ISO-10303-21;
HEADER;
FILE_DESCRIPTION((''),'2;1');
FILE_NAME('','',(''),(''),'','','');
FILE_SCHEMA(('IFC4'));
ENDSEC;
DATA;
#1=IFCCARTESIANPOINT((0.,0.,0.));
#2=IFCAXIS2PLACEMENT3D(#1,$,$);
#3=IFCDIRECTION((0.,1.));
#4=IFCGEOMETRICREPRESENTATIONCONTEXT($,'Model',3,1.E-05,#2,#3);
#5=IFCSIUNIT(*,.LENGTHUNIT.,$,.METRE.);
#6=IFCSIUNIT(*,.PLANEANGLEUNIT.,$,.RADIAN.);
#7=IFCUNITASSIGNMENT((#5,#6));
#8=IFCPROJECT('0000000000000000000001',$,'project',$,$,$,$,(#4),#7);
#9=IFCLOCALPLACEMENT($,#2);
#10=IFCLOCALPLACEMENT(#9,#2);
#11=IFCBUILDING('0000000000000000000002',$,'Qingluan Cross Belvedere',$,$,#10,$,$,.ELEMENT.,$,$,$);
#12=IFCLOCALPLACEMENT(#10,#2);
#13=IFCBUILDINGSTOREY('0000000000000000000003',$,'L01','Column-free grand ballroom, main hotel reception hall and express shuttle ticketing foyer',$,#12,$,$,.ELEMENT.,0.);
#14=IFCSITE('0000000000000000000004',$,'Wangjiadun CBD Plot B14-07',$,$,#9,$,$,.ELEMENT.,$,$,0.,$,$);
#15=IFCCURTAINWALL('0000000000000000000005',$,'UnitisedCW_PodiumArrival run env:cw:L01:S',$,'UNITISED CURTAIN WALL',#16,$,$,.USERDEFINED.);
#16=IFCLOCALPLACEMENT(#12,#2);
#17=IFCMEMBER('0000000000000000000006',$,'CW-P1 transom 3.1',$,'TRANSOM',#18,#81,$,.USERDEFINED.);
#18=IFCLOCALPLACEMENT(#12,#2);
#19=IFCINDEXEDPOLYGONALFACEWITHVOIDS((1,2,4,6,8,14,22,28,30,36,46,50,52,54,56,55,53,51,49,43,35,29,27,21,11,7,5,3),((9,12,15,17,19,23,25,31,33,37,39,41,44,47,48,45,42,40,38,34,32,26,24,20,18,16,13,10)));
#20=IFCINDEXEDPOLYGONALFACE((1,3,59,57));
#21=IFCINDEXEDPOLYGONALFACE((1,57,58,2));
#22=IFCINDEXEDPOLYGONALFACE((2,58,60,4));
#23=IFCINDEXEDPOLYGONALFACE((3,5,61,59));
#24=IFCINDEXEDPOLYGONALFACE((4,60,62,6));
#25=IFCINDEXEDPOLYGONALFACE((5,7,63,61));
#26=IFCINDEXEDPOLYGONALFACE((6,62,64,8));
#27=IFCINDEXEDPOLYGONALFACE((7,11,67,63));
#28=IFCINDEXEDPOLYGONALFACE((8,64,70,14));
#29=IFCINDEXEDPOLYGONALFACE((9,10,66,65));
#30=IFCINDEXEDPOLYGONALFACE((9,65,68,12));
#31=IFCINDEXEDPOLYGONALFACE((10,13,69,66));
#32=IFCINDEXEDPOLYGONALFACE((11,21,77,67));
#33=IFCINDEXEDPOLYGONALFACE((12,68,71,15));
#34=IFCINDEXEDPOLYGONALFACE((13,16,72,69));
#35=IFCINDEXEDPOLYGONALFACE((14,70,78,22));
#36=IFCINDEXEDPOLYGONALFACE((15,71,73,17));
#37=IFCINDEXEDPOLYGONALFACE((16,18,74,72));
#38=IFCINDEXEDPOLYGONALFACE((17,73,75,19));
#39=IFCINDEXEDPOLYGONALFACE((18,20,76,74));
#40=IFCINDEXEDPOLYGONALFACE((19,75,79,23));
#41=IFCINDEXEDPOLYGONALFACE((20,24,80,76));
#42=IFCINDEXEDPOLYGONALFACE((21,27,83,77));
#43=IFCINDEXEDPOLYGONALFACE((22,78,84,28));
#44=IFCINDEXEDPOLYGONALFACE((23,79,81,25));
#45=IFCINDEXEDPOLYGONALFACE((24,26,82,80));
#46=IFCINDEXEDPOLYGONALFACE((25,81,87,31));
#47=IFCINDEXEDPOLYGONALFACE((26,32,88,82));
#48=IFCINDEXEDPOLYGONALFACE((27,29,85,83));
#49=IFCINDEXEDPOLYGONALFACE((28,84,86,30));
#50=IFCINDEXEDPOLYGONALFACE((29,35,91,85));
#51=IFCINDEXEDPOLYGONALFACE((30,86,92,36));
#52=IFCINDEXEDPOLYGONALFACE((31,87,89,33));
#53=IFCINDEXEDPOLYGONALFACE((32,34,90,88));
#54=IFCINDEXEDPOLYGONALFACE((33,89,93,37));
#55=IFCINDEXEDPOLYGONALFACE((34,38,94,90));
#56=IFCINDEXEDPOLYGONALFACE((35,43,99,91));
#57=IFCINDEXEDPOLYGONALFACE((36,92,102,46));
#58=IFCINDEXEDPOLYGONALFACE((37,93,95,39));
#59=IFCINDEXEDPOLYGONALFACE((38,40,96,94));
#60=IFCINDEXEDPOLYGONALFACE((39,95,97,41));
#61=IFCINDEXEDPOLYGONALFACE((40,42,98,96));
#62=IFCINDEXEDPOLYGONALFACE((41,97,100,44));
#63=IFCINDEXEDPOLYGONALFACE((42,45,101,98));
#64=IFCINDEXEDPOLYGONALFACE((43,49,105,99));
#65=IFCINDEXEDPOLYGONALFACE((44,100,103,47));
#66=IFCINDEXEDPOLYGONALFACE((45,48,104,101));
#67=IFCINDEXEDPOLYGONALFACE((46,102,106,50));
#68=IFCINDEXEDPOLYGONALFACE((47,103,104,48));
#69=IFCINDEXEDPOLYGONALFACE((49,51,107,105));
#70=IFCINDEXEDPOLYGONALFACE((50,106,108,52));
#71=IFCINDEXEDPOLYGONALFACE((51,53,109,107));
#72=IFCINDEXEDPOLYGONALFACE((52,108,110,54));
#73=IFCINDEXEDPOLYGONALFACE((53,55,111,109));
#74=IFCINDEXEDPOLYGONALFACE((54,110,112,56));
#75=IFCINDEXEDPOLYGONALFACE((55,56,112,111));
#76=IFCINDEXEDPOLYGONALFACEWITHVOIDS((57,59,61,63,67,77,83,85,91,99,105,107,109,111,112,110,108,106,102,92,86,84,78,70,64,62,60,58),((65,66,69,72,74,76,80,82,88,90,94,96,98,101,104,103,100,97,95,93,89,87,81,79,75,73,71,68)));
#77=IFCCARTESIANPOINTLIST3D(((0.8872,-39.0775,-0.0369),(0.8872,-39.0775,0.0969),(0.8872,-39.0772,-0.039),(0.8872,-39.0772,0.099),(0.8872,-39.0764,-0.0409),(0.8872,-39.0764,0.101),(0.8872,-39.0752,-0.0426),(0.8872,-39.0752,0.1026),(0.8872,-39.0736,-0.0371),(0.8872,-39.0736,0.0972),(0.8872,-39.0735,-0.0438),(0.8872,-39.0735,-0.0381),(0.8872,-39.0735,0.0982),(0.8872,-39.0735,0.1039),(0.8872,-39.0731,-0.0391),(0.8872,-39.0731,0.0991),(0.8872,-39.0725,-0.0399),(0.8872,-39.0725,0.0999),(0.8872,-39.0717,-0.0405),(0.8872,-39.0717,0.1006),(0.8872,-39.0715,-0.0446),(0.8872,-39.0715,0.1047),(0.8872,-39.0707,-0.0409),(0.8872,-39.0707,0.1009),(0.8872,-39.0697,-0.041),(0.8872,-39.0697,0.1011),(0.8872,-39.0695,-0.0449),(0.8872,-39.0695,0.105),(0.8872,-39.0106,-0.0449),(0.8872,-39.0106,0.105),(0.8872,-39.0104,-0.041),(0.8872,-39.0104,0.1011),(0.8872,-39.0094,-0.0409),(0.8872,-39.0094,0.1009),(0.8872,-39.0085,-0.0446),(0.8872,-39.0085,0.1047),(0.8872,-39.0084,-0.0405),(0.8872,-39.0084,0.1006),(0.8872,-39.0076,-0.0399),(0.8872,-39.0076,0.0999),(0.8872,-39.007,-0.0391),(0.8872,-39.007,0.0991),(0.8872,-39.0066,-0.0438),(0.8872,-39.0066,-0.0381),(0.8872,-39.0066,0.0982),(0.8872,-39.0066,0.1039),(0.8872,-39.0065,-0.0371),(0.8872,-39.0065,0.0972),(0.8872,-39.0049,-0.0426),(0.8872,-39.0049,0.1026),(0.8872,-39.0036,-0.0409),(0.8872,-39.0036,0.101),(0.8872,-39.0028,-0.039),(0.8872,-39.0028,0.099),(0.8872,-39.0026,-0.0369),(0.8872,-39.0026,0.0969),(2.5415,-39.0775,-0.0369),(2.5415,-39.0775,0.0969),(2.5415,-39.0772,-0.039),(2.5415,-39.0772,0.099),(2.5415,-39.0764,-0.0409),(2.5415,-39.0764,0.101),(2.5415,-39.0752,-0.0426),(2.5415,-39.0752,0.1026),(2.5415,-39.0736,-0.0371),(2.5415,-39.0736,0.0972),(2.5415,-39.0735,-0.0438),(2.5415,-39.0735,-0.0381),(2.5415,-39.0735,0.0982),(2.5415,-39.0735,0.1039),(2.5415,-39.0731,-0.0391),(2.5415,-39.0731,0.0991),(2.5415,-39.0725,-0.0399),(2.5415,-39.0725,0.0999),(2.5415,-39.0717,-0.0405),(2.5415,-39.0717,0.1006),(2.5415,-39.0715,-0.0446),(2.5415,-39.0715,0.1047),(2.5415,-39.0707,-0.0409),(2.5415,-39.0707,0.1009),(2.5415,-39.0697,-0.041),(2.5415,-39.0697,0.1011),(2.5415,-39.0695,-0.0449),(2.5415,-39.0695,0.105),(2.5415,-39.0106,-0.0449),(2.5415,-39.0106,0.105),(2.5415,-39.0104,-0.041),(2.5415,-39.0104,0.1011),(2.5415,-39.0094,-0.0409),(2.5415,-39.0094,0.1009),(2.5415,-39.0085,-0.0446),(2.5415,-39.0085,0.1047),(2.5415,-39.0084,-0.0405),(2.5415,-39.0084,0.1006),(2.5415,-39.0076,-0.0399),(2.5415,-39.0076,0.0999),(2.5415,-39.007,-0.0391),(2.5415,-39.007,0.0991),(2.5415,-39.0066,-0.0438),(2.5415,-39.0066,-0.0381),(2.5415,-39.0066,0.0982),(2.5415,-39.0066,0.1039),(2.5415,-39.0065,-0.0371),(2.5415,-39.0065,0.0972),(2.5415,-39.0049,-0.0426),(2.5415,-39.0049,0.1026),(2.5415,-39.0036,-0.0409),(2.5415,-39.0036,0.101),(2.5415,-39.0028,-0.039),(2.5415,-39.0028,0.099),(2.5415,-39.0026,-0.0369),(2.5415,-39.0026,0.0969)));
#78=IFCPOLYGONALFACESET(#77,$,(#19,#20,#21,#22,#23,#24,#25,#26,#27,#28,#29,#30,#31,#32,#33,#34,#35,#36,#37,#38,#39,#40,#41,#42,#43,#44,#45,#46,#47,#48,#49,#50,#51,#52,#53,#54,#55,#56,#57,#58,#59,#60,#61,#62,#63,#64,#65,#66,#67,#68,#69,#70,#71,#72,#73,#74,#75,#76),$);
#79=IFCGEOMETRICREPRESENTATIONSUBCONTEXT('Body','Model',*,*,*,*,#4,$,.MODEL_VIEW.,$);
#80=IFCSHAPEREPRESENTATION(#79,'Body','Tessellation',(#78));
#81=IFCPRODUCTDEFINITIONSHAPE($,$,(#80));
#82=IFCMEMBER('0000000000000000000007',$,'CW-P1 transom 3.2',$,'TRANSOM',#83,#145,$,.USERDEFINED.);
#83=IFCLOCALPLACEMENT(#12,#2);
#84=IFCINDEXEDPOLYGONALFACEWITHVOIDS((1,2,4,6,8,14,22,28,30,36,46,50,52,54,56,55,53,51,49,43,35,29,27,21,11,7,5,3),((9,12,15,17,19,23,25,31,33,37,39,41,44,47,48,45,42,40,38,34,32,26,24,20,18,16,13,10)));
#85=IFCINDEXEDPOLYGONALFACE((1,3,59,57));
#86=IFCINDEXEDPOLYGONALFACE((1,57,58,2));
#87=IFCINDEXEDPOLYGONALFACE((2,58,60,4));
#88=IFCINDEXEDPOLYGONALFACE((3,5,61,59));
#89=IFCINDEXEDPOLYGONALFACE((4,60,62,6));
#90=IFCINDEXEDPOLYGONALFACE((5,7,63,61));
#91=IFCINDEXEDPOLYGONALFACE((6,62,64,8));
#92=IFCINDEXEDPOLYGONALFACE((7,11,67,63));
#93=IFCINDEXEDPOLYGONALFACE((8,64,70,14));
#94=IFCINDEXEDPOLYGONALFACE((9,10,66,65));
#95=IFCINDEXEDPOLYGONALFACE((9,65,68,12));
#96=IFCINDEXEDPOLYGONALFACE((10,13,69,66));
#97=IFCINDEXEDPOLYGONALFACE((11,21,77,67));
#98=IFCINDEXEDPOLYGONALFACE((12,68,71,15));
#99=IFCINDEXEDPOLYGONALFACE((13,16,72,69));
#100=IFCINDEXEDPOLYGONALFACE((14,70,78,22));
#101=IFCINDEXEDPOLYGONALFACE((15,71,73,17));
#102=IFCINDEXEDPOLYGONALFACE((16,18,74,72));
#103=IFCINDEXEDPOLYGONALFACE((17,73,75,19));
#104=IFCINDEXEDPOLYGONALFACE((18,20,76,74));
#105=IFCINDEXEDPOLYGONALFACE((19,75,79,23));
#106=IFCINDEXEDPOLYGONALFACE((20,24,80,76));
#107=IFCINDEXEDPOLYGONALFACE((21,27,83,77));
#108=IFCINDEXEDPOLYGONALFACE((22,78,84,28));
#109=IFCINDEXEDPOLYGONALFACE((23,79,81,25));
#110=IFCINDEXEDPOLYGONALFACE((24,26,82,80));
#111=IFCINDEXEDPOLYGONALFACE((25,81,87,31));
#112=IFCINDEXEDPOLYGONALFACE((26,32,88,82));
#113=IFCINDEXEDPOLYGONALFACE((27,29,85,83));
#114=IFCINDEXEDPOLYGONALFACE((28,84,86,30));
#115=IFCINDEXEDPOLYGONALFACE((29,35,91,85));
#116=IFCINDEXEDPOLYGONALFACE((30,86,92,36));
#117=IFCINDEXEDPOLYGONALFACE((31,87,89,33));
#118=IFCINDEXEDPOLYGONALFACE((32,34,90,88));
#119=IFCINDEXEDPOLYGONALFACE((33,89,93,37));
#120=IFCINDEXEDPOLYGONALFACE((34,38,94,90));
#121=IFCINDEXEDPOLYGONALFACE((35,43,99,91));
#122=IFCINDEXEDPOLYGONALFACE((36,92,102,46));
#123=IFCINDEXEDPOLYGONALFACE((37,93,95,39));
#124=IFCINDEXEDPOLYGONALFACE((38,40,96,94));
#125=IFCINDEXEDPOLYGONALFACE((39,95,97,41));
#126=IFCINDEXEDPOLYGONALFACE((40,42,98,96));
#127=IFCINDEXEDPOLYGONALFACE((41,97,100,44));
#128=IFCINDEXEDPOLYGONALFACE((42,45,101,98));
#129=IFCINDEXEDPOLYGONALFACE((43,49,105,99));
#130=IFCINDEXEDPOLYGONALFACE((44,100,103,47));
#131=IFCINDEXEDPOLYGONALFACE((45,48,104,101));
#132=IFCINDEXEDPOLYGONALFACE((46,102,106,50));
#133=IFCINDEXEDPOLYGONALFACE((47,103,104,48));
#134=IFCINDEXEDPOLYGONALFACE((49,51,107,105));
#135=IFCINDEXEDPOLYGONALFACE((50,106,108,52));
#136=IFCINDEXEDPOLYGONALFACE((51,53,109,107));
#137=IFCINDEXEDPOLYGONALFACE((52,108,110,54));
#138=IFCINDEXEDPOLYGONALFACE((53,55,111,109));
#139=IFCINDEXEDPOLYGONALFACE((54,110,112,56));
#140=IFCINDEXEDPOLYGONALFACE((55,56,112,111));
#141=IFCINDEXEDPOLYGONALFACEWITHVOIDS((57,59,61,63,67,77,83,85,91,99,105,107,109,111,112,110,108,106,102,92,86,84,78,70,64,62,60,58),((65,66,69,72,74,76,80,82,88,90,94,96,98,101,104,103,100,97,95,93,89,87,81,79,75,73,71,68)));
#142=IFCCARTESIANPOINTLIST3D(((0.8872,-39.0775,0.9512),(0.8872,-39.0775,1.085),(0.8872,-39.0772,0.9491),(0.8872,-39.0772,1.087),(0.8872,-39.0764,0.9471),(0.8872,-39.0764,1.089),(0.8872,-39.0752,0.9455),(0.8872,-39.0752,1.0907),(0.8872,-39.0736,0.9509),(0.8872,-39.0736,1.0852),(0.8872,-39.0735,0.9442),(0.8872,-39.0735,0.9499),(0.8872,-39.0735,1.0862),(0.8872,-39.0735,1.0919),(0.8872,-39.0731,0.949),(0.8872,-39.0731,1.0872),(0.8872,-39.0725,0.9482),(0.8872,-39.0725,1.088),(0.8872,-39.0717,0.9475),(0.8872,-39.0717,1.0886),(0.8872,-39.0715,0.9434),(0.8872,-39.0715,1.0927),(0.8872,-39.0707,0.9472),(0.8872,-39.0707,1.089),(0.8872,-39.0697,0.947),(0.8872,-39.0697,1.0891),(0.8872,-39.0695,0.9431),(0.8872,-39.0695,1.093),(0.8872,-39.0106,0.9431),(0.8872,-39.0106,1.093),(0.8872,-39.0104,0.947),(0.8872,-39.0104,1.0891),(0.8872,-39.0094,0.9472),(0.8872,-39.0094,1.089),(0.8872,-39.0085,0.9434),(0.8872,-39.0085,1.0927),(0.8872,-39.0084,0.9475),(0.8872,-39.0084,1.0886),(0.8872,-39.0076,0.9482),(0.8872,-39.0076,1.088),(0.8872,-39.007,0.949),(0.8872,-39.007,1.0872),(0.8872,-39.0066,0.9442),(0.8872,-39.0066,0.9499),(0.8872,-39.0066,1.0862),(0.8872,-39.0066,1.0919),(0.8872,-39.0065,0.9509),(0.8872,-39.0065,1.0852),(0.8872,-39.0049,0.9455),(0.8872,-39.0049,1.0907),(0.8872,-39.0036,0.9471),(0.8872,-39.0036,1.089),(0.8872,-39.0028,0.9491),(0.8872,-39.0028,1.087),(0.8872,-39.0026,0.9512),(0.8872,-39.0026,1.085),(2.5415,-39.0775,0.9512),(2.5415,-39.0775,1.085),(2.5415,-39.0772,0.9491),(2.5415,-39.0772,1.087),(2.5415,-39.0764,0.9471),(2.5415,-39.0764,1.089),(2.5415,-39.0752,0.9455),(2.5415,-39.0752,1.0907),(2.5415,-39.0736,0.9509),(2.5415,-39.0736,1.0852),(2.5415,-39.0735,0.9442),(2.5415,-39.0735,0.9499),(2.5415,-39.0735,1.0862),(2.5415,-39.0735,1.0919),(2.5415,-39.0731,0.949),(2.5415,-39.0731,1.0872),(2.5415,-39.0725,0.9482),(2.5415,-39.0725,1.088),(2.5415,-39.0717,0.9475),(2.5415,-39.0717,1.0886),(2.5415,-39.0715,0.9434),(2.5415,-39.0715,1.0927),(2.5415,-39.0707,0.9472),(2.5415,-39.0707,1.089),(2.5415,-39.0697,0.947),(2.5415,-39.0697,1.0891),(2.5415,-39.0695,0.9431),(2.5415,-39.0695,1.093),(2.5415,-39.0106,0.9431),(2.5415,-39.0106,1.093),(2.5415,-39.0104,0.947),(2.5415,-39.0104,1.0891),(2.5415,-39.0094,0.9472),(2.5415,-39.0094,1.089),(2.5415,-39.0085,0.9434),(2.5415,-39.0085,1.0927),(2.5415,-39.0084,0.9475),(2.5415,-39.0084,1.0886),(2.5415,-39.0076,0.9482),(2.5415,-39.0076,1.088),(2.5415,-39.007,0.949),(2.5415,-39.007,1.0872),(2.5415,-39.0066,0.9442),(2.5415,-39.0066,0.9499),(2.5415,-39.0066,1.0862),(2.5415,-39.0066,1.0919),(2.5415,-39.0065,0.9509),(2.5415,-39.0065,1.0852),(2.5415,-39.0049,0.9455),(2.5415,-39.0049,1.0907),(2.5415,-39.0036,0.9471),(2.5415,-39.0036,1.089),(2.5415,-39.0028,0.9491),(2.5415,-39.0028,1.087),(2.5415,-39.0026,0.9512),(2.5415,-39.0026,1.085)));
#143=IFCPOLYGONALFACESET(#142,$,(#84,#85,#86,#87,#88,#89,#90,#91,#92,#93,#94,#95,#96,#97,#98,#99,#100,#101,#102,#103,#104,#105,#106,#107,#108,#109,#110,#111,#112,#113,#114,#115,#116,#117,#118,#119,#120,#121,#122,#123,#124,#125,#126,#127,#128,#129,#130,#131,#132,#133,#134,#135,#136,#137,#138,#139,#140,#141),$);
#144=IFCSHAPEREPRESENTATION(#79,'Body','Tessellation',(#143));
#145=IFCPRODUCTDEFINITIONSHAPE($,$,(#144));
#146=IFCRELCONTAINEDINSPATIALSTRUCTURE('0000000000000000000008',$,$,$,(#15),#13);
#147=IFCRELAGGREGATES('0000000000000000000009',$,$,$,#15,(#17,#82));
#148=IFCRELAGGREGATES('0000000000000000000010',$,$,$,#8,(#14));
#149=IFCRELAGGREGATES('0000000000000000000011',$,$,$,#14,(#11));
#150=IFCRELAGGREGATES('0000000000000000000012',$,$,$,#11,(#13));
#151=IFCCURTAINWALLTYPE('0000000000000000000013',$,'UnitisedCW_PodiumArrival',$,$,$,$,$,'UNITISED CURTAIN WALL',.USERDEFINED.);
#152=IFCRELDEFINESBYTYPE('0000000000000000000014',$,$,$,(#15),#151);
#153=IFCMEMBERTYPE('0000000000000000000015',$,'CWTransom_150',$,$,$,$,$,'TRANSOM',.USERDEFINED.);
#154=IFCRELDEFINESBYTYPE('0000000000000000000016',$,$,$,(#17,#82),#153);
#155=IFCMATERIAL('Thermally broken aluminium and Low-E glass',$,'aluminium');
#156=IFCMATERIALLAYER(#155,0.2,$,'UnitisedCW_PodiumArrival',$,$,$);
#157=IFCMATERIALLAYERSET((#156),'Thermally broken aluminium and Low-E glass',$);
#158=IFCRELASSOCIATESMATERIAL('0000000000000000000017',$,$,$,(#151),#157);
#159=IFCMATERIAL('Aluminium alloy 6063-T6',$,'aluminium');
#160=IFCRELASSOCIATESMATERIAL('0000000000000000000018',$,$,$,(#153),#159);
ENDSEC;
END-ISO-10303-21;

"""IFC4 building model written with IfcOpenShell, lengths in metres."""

from ifc_helpers import new_model, si_unit, direction, frame, origin, origin_2d, place, context, subcontext, project, spatial, hollow_rectangle, extrude, material, layer, layer_set, material_profile, profile_set, type_object, element, aggregate, save


model = new_model("IFC4")

# Units and contexts
model_context = context("Model", 3, precision=1e-05, world=origin(), true_north=direction((0.0, 1.0)))
body_context = subcontext(model_context, "Body", "Model", "MODEL_VIEW")
ifc_project = project(units=[si_unit("LENGTHUNIT", "METRE"), si_unit("PLANEANGLEUNIT", "RADIAN")], contexts=[model_context])

# Site, building, storey
site_placement = place(None, origin())
site = spatial("IfcSite", under=ifc_project, at=site_placement, Name="Wangjiadun CBD Plot B14-07", CompositionType="ELEMENT", RefElevation=0.0)
building_placement = place(site_placement, origin())
building = spatial("IfcBuilding", under=site, at=building_placement, Name="Qingluan Cross Belvedere", CompositionType="ELEMENT")
storey_placement = place(building_placement, origin())
storey = spatial("IfcBuildingStorey", under=building, at=storey_placement, Name="L01", Description="Column-free grand ballroom, main hotel reception hall and express shuttle ticketing foyer", CompositionType="ELEMENT", Elevation=0.0)

# Curtain wall, members
ifc_material_1 = material(Name="Thermally broken aluminium and Low-E glass", Category="aluminium")
ifc_layer_1 = layer(ifc_material_1, 0.2, Name="UnitisedCW_PodiumArrival")
ifc_layer_set_1 = layer_set([ifc_layer_1], Name="Thermally broken aluminium and Low-E glass")
curtain_wall_type = type_object("IfcCurtainWallType", Name="UnitisedCW_PodiumArrival", ElementType="UNITISED CURTAIN WALL", PredefinedType="USERDEFINED", material=ifc_layer_set_1)
curtain_wall_placement = place(storey_placement, origin())
curtain_wall = element("IfcCurtainWall", 1, at=curtain_wall_placement, inside=storey, type_object=curtain_wall_type, Name="UnitisedCW_PodiumArrival run env:cw:L01:S", ObjectType="UNITISED CURTAIN WALL", PredefinedType="USERDEFINED")
ifc_material_2 = material(Name="Aluminium alloy 6063-T6", Category="aluminium")
ifc_material_profile_1 = material_profile(ifc_material_2, hollow_rectangle(XDim=0.075, YDim=0.1499, WallThickness=0.0039, InnerFilletRadius=0.0039, OuterFilletRadius=0.0081, at=origin_2d()), Name="CWT150x75x4")
ifc_profile_set_1 = profile_set([ifc_material_profile_1], Name="Aluminium alloy 6063-T6")
member_type_1 = type_object("IfcMemberType", Name="CWTransom_150", ElementType="TRANSOM", PredefinedType="USERDEFINED", material=ifc_profile_set_1)
member_1_placement = place(storey_placement, frame((2.5415, -39.04, 0.03), z_axis=(-1.0, 0.0, 0.0), x_axis=(0.0, -1.0, 0.0)))
member_1 = element("IfcMember", 2, at=member_1_placement, type_object=member_type_1, Name="CW-P1 transom 3.1", ObjectType="TRANSOM", PredefinedType="USERDEFINED", context=body_context, shape_type="SweptSolid", body=[
    extrude(hollow_rectangle(XDim=0.075, YDim=0.1499, WallThickness=0.0039, InnerFilletRadius=0.0039, OuterFilletRadius=0.0081, at=origin_2d()), origin(), (0.0, 0.0, 1.0), 1.6543),
])
member_2_placement = place(storey_placement, frame((2.5415, -39.04, 1.0181), z_axis=(-1.0, 0.0, 0.0), x_axis=(0.0, -1.0, 0.0)))
member_2 = element("IfcMember", 3, at=member_2_placement, type_object=member_type_1, Name="CW-P1 transom 3.2", ObjectType="TRANSOM", PredefinedType="USERDEFINED", context=body_context, shape_type="SweptSolid", body=[
    extrude(hollow_rectangle(XDim=0.075, YDim=0.1499, WallThickness=0.0039, InnerFilletRadius=0.0039, OuterFilletRadius=0.0081, at=origin_2d()), origin(), (0.0, 0.0, 1.0), 1.6543),
])
aggregate(curtain_wall, [member_1, member_2])

save(model, "model.ifc")
